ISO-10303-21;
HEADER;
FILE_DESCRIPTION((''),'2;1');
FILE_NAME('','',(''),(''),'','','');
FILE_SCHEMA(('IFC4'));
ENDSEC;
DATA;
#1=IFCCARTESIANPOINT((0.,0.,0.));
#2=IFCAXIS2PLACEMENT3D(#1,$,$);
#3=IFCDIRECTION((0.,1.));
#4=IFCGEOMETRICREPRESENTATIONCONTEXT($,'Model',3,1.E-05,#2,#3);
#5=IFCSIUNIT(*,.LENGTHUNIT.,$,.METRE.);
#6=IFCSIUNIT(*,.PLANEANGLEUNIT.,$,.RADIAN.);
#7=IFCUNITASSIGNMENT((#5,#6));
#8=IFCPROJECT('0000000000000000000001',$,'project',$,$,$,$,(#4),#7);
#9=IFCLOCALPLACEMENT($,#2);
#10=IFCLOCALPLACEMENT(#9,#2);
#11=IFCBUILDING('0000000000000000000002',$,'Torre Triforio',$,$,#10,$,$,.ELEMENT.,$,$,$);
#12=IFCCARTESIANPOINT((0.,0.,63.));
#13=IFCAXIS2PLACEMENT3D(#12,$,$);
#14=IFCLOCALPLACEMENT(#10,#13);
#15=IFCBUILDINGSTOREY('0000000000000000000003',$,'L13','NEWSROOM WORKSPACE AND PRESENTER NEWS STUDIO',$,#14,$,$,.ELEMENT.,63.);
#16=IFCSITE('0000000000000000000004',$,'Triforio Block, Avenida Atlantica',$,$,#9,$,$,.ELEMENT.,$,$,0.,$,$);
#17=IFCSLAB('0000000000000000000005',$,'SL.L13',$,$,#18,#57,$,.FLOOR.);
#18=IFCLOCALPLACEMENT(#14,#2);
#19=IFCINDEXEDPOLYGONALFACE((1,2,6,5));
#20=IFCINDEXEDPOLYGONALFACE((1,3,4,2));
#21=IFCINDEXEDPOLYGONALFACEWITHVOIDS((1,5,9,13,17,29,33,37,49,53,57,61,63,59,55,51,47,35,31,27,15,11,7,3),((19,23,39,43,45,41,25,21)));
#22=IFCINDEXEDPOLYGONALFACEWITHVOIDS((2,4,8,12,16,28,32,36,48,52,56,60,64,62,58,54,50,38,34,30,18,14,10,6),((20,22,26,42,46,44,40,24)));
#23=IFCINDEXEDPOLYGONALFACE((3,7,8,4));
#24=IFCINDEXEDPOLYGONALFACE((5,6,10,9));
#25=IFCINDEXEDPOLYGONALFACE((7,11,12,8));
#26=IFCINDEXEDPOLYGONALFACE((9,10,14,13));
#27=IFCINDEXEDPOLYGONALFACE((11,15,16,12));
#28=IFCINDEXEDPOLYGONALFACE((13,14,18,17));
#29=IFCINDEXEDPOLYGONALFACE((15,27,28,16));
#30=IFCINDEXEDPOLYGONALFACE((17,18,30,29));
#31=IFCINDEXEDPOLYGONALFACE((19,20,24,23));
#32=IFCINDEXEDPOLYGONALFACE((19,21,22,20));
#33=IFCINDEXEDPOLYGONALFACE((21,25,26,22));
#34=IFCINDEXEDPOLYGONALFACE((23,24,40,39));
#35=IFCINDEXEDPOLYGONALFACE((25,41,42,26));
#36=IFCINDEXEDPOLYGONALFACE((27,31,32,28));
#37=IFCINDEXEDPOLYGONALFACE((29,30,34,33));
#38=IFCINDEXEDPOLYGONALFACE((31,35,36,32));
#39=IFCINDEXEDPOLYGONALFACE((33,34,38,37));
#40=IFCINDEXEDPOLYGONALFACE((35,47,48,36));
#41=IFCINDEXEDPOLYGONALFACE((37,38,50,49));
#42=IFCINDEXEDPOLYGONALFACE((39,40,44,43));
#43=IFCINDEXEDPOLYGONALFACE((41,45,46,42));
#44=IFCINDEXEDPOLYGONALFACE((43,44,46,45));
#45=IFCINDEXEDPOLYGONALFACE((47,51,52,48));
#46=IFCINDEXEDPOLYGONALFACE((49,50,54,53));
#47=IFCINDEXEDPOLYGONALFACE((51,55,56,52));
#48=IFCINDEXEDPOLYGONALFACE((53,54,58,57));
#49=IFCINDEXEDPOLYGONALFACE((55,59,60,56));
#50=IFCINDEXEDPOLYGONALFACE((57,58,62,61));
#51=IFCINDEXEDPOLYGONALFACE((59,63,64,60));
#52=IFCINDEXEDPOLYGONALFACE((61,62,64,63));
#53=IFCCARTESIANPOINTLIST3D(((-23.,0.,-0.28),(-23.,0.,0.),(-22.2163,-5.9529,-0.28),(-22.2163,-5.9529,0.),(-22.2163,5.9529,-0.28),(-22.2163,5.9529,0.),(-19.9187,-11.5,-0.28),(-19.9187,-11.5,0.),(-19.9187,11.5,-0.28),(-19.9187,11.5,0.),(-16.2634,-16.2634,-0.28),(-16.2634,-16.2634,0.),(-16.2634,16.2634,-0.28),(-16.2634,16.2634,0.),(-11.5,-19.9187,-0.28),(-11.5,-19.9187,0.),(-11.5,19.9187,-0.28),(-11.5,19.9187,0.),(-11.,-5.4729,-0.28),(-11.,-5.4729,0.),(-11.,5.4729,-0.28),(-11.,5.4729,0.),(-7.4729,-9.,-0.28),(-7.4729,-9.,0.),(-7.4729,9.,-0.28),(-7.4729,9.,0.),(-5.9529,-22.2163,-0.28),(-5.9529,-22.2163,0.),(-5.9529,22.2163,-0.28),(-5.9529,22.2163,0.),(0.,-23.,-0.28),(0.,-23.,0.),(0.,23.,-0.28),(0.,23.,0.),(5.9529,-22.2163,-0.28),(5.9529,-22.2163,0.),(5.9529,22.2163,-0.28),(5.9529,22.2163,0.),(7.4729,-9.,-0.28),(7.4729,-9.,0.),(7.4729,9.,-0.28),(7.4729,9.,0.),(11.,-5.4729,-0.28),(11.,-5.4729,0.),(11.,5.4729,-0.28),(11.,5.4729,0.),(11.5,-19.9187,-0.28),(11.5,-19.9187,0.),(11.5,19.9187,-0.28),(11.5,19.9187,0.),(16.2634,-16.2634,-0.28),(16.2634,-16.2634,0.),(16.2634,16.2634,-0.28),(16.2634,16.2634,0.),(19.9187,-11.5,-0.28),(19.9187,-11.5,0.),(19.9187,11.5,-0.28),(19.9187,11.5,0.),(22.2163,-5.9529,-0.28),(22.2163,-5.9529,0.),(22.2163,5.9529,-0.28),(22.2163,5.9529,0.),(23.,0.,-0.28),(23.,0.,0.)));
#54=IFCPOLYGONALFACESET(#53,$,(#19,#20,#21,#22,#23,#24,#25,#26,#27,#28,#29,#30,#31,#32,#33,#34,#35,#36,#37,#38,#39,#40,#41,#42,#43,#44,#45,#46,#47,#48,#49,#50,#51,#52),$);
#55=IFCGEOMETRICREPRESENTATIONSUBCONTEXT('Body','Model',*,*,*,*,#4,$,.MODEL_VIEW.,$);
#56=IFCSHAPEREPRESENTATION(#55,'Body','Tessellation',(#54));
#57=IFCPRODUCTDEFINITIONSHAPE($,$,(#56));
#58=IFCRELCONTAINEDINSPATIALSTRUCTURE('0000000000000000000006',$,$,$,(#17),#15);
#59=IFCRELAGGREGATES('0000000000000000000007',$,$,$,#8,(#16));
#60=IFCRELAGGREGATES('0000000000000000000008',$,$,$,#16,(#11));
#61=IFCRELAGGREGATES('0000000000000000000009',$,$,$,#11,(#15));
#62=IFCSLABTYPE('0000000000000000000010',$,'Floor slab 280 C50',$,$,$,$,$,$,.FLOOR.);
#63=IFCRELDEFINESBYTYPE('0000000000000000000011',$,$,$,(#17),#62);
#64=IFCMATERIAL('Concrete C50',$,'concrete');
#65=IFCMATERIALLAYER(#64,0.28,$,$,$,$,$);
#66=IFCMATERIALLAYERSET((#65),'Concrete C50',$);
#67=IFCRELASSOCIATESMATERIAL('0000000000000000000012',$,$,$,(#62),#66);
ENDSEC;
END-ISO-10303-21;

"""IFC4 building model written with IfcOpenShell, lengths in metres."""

from ifc_helpers import new_model, si_unit, direction, frame, origin, place, context, subcontext, project, spatial, polyline, outline, extrude, material, layer, layer_set, type_object, element, save


model = new_model("IFC4")

# Units and contexts
model_context = context("Model", 3, precision=1e-05, world=origin(), true_north=direction((0.0, 1.0)))
body_context = subcontext(model_context, "Body", "Model", "MODEL_VIEW")
ifc_project = project(units=[si_unit("LENGTHUNIT", "METRE"), si_unit("PLANEANGLEUNIT", "RADIAN")], contexts=[model_context])

# Site, building, storey
site_placement = place(None, origin())
site = spatial("IfcSite", under=ifc_project, at=site_placement, Name="Triforio Block, Avenida Atlantica", CompositionType="ELEMENT", RefElevation=0.0)
building_placement = place(site_placement, origin())
building = spatial("IfcBuilding", under=site, at=building_placement, Name="Torre Triforio", CompositionType="ELEMENT")
storey_placement = place(building_placement, frame((0.0, 0.0, 63.0)))
storey = spatial("IfcBuildingStorey", under=building, at=storey_placement, Name="L13", Description="NEWSROOM WORKSPACE AND PRESENTER NEWS STUDIO", CompositionType="ELEMENT", Elevation=63.0)

# Slab
ifc_material_1 = material(Name="Concrete C50", Category="concrete")
ifc_layer_1 = layer(ifc_material_1, 0.28)
ifc_layer_set_1 = layer_set([ifc_layer_1], Name="Concrete C50")
slab_type_1 = type_object("IfcSlabType", Name="Floor slab 280 C50", PredefinedType="FLOOR", material=ifc_layer_set_1)
slab_1_placement = place(storey_placement, frame((0.0, 0.0, -0.28)))
element("IfcSlab", 1, at=slab_1_placement, inside=storey, type_object=slab_type_1, Name="SL.L13", PredefinedType="FLOOR", context=body_context, shape_type="SweptSolid", body=[
    extrude(outline(polyline([(19.9187, -11.5), (22.2163, -5.9529), (23.0, 0.0), (22.2163, 5.9529), (19.9187, 11.5), (16.2634, 16.2634), (11.5, 19.9187), (5.9529, 22.2163), (0.0, 23.0), (-5.9529, 22.2163), (-11.5, 19.9187), (-16.2634, 16.2634), (-19.9187, 11.5), (-22.2163, 5.9529), (-23.0, 0.0), (-22.2163, -5.9529), (-19.9187, -11.5), (-16.2634, -16.2634), (-11.5, -19.9187), (-5.9529, -22.2163), (0.0, -23.0), (5.9529, -22.2163), (11.5, -19.9187), (16.2634, -16.2634), (19.9187, -11.5)]), holes=[polyline([(11.0, 5.4729), (11.0, -5.4729), (7.4729, -9.0), (-7.4729, -9.0), (-11.0, -5.4729), (-11.0, 5.4729), (-7.4729, 9.0), (7.4729, 9.0), (11.0, 5.4729)])]), origin(), (0.0, 0.0, 1.0), 0.28),
])

save(model, "model.ifc")
